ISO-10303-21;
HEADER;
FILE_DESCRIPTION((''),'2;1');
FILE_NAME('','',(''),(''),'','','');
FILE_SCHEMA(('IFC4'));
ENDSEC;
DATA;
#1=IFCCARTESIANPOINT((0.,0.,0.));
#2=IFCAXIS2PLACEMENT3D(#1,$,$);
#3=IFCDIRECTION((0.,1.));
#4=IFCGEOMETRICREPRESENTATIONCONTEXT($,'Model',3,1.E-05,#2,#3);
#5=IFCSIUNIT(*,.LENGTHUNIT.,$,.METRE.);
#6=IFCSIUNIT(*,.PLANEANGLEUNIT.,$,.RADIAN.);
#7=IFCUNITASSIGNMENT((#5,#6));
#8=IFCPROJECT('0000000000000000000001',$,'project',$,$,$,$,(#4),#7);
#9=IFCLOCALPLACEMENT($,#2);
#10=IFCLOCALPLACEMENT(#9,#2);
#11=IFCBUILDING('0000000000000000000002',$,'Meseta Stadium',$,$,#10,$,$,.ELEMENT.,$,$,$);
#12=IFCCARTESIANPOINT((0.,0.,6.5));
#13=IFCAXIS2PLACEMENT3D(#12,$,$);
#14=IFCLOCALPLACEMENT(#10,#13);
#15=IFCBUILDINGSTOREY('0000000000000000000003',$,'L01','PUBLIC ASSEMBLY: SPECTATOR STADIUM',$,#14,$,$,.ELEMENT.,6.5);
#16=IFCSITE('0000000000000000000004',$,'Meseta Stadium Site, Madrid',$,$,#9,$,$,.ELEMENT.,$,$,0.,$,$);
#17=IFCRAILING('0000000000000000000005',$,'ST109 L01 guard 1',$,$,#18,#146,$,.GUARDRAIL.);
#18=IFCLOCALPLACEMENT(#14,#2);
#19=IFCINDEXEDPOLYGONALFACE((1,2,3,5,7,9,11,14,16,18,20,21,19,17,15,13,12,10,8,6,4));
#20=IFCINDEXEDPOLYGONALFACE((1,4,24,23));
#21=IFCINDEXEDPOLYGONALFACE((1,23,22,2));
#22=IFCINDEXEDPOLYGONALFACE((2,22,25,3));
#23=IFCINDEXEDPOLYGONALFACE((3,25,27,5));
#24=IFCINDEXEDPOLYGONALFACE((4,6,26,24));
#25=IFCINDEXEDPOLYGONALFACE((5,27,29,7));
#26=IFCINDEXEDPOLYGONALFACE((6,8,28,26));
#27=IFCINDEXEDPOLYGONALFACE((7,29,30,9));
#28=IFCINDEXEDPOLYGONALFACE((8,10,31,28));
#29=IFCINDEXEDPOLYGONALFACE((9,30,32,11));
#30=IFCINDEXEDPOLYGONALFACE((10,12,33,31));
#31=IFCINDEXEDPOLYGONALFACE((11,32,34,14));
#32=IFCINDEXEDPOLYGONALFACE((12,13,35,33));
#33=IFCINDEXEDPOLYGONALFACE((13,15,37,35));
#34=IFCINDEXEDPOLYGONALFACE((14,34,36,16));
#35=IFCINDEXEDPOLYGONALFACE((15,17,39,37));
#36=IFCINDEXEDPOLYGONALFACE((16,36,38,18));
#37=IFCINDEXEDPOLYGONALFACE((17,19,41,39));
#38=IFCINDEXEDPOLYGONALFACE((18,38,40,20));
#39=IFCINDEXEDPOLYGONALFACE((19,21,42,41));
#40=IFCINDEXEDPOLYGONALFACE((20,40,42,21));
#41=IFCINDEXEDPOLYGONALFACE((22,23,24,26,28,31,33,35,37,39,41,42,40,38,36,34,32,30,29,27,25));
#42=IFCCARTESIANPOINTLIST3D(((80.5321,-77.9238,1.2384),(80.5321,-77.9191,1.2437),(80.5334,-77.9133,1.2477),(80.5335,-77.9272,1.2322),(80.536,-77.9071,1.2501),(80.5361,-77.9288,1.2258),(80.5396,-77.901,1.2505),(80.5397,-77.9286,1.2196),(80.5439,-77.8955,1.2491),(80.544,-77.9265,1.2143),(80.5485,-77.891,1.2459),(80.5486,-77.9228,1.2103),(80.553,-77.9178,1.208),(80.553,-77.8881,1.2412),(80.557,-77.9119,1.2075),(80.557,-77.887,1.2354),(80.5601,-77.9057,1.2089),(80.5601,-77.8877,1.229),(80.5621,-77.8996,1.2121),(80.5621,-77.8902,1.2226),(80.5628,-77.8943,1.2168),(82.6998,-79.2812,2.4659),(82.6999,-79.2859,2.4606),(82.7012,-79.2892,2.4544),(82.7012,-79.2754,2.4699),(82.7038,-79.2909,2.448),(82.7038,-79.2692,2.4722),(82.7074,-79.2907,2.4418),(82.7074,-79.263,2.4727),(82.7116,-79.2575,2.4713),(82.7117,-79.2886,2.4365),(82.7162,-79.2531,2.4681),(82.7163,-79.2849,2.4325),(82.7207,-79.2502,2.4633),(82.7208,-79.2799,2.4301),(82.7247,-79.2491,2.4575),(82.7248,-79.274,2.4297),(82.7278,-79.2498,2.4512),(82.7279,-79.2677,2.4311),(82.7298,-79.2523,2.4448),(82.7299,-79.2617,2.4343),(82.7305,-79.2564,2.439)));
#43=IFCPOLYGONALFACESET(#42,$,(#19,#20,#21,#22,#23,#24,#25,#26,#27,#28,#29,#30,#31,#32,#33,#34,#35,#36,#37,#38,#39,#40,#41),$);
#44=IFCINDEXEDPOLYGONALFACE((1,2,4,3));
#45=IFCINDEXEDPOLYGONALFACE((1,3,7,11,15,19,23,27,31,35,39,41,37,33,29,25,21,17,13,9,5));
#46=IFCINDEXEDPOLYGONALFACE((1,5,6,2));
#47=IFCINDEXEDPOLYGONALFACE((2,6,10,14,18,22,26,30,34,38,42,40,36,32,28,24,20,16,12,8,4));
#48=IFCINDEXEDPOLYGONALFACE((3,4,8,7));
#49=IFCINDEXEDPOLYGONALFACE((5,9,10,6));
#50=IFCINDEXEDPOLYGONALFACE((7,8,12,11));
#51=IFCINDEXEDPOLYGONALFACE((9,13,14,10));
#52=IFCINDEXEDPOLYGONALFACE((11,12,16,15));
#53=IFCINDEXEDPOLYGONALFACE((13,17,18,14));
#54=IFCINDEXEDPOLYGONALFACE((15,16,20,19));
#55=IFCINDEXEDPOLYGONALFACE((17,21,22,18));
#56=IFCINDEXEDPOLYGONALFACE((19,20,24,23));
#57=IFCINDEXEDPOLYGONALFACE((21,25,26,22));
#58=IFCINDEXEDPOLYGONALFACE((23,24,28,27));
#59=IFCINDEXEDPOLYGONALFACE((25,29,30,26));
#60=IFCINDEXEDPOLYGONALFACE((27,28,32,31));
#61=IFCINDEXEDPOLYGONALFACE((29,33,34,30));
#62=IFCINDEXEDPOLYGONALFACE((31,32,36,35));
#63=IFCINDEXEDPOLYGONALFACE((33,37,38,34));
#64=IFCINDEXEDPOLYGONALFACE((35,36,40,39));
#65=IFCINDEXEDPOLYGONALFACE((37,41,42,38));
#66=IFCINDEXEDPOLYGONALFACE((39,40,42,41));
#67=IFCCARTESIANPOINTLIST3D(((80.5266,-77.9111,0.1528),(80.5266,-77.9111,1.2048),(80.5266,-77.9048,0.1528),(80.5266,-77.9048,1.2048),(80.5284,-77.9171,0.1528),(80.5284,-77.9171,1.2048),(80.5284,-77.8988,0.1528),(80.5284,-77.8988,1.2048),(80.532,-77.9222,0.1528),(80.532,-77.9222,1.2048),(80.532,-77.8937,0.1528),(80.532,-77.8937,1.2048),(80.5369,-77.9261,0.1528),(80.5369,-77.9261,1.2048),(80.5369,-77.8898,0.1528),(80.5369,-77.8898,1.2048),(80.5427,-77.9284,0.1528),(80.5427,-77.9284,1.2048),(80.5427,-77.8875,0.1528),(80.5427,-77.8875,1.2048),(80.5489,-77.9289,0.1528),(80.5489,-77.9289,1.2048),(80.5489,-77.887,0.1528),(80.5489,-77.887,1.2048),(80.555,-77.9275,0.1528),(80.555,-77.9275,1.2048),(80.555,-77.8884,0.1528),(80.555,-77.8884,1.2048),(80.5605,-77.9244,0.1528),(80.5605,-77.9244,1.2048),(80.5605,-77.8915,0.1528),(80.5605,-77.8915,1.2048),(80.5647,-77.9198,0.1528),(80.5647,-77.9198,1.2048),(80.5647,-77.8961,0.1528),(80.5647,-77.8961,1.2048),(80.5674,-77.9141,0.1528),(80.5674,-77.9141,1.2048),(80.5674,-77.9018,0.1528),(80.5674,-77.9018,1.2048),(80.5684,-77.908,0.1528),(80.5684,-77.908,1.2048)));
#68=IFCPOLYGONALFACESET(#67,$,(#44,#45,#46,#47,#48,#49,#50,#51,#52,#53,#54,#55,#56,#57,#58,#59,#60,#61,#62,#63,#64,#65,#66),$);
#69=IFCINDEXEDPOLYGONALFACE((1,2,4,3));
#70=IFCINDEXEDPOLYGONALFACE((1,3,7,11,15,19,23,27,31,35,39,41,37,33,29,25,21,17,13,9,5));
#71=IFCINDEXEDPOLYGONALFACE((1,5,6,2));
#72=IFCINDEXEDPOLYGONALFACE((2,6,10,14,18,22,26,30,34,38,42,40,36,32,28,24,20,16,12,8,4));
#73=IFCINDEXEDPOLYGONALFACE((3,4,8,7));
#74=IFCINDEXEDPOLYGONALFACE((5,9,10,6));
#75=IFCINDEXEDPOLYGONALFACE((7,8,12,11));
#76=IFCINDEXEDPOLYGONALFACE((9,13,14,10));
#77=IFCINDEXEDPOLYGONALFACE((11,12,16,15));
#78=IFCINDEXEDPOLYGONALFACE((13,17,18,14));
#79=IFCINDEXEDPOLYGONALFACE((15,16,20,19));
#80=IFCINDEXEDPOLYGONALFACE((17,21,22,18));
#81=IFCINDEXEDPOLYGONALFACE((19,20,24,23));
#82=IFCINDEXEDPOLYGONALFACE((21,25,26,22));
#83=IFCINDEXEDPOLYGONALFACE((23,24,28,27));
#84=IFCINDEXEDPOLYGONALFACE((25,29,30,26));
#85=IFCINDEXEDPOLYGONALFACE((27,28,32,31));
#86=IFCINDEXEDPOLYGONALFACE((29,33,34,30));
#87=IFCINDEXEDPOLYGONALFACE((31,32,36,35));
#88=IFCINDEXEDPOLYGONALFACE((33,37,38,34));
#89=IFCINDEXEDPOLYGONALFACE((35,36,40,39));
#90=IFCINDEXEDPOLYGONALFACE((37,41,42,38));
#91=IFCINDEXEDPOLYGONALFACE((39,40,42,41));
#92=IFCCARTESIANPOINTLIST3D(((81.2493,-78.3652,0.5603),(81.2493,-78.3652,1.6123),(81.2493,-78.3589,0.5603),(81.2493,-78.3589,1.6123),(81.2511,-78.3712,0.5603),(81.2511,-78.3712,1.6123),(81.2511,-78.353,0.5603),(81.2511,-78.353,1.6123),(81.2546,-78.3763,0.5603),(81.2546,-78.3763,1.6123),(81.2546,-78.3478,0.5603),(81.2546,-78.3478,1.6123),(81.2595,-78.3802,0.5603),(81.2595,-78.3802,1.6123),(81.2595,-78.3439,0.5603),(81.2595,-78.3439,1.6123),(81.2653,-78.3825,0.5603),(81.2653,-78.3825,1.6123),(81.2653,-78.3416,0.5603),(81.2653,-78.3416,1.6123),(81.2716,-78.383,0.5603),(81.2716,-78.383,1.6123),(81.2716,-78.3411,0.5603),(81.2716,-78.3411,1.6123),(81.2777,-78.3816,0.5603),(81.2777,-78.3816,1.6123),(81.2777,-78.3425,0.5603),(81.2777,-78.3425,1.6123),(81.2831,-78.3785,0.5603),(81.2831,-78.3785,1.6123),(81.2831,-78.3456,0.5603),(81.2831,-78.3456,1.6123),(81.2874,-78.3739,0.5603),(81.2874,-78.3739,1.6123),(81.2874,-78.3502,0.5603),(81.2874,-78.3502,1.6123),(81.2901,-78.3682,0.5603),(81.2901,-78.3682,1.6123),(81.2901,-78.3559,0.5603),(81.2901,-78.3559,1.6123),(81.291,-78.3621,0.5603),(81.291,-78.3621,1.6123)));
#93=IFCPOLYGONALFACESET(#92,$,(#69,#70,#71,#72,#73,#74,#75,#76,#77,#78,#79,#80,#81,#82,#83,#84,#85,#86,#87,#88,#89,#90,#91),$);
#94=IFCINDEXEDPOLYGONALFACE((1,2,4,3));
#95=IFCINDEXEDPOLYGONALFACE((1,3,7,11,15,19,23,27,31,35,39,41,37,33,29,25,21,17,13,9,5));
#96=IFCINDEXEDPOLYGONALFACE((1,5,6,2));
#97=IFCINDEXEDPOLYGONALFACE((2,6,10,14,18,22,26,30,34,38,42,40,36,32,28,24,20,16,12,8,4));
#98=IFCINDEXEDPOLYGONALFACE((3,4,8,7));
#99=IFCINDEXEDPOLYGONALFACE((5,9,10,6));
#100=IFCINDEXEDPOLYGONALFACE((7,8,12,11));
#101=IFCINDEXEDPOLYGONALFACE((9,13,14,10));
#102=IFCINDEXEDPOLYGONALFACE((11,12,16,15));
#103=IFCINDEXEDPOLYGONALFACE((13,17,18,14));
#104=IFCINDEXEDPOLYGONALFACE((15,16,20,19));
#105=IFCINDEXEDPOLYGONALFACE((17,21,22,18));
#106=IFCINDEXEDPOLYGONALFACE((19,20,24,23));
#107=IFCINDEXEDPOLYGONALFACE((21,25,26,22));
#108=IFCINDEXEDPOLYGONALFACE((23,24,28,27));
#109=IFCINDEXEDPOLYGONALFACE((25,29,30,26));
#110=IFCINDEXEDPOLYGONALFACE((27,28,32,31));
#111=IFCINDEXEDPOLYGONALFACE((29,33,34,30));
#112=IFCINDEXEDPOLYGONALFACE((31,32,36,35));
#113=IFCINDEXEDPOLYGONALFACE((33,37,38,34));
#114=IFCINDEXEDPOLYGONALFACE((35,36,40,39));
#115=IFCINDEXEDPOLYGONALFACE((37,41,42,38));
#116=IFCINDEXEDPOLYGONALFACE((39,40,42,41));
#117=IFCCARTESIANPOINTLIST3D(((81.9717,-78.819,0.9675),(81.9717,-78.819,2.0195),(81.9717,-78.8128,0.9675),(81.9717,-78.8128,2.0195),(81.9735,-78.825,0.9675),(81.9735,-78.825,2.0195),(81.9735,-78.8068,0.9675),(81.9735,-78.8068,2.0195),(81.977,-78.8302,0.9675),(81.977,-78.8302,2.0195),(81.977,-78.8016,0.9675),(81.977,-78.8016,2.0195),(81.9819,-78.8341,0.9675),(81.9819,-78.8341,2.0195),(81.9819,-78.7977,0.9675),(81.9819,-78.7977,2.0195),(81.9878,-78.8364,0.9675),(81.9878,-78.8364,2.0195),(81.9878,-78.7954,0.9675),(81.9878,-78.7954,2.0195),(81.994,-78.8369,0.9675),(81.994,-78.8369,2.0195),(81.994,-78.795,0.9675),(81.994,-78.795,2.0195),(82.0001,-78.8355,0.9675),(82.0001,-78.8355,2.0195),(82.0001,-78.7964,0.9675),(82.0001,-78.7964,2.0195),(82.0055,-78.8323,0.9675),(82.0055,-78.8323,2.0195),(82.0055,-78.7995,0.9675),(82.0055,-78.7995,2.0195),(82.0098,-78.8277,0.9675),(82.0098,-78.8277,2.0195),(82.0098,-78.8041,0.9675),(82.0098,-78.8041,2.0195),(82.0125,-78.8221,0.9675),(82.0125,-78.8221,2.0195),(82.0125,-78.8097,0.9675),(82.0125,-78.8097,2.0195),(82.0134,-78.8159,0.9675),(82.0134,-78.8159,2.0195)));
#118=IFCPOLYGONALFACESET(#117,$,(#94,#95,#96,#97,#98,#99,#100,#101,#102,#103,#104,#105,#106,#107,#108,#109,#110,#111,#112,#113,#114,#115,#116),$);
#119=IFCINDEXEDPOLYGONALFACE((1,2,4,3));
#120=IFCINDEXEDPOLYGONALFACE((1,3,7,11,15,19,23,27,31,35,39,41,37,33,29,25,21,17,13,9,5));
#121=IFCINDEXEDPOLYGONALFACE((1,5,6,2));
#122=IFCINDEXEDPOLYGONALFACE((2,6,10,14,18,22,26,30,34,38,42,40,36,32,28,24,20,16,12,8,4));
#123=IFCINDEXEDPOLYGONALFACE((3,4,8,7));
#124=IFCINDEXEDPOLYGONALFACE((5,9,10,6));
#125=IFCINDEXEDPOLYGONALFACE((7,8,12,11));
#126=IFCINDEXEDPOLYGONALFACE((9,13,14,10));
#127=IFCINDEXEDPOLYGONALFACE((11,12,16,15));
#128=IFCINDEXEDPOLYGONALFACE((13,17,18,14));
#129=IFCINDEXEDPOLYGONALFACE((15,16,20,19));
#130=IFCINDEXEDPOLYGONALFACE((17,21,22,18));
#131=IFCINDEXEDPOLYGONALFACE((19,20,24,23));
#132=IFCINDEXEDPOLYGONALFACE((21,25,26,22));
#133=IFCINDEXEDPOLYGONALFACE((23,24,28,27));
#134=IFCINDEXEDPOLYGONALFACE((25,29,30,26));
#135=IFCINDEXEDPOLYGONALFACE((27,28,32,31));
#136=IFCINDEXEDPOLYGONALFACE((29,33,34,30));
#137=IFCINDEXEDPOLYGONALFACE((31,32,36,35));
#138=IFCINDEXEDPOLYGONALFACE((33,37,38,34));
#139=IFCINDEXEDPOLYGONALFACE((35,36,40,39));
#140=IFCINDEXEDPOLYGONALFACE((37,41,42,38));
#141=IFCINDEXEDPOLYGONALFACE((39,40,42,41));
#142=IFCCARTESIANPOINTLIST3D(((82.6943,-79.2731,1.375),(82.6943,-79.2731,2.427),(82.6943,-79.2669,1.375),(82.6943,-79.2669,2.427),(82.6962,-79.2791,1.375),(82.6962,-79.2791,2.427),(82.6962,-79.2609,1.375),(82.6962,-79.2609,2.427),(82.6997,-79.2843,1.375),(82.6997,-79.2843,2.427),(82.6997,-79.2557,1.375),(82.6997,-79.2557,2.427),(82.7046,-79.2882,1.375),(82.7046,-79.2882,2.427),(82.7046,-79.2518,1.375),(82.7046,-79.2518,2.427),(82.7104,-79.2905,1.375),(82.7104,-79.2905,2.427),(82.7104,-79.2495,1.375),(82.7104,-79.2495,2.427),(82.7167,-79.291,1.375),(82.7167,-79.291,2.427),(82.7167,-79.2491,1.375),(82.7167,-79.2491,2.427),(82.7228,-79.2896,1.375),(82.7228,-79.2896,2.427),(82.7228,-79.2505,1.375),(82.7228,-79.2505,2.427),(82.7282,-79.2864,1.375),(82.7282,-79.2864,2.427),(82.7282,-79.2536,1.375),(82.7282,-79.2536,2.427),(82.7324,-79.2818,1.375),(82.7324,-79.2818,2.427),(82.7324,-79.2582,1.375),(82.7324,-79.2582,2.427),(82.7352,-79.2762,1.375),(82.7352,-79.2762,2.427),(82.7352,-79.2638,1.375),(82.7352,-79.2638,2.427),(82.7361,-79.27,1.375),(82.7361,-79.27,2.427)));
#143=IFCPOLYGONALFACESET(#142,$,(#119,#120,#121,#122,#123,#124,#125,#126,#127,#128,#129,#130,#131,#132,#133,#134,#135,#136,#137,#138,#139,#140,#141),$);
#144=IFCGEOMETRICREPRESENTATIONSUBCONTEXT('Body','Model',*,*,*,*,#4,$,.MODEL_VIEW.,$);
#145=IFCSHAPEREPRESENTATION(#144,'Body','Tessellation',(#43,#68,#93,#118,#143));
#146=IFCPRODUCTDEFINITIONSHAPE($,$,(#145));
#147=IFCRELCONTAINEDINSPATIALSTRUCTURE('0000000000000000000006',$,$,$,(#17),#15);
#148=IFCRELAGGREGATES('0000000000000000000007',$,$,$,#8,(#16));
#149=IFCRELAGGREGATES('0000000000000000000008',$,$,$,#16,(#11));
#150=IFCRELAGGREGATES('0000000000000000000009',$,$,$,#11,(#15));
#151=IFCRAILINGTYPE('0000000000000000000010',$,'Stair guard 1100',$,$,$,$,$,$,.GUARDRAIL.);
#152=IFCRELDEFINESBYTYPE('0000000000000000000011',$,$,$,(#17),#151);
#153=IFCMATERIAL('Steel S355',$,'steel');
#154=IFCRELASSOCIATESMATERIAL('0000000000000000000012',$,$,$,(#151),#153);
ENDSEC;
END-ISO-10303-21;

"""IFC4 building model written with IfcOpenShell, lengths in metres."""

from ifc_helpers import new_model, si_unit, direction, frame, origin, origin_2d, place, context, subcontext, project, spatial, circle, extrude, material, type_object, element, save


model = new_model("IFC4")

# Units and contexts
model_context = context("Model", 3, precision=1e-05, world=origin(), true_north=direction((0.0, 1.0)))
body_context = subcontext(model_context, "Body", "Model", "MODEL_VIEW")
ifc_project = project(units=[si_unit("LENGTHUNIT", "METRE"), si_unit("PLANEANGLEUNIT", "RADIAN")], contexts=[model_context])

# Site, building, storey
site_placement = place(None, origin())
site = spatial("IfcSite", under=ifc_project, at=site_placement, Name="Meseta Stadium Site, Madrid", CompositionType="ELEMENT", RefElevation=0.0)
building_placement = place(site_placement, origin())
building = spatial("IfcBuilding", under=site, at=building_placement, Name="Meseta Stadium", CompositionType="ELEMENT")
storey_placement = place(building_placement, frame((0.0, 0.0, 6.5)))
storey = spatial("IfcBuildingStorey", under=building, at=storey_placement, Name="L01", Description="PUBLIC ASSEMBLY: SPECTATOR STADIUM", CompositionType="ELEMENT", Elevation=6.5)

# Railing
ifc_material_1 = material(Name="Steel S355", Category="steel")
railing_type_1 = type_object("IfcRailingType", Name="Stair guard 1100", PredefinedType="GUARDRAIL", material=ifc_material_1)
railing_1_placement = place(storey_placement, frame((80.5474, -77.908, 0.1528)))
element("IfcRailing", 1, at=railing_1_placement, inside=storey, type_object=railing_type_1, Name="ST109 L01 guard 1", PredefinedType="GUARDRAIL", context=body_context, shape_type="SweptSolid", body=[
    extrude(circle(Radius=0.0239, at=origin_2d()), frame((0.0, 0.0, 1.0762), z_axis=(0.764121, -0.480125, 0.430813), x_axis=(0.532029, 0.846726, 0.0)), (0.0, 0.0, 1.0), 2.8369),
    extrude(circle(Radius=0.021, at=origin_2d()), origin(), (0.0, 0.0, 1.0), 1.052),
    extrude(circle(Radius=0.021, at=origin_2d()), frame((0.7227, -0.4541, 0.4075)), (0.0, 0.0, 1.0), 1.052),
    extrude(circle(Radius=0.021, at=origin_2d()), frame((1.4451, -0.908, 0.8147)), (0.0, 0.0, 1.0), 1.052),
    extrude(circle(Radius=0.021, at=origin_2d()), frame((2.1677, -1.3621, 1.2222)), (0.0, 0.0, 1.0), 1.052),
])

save(model, "model.ifc")
